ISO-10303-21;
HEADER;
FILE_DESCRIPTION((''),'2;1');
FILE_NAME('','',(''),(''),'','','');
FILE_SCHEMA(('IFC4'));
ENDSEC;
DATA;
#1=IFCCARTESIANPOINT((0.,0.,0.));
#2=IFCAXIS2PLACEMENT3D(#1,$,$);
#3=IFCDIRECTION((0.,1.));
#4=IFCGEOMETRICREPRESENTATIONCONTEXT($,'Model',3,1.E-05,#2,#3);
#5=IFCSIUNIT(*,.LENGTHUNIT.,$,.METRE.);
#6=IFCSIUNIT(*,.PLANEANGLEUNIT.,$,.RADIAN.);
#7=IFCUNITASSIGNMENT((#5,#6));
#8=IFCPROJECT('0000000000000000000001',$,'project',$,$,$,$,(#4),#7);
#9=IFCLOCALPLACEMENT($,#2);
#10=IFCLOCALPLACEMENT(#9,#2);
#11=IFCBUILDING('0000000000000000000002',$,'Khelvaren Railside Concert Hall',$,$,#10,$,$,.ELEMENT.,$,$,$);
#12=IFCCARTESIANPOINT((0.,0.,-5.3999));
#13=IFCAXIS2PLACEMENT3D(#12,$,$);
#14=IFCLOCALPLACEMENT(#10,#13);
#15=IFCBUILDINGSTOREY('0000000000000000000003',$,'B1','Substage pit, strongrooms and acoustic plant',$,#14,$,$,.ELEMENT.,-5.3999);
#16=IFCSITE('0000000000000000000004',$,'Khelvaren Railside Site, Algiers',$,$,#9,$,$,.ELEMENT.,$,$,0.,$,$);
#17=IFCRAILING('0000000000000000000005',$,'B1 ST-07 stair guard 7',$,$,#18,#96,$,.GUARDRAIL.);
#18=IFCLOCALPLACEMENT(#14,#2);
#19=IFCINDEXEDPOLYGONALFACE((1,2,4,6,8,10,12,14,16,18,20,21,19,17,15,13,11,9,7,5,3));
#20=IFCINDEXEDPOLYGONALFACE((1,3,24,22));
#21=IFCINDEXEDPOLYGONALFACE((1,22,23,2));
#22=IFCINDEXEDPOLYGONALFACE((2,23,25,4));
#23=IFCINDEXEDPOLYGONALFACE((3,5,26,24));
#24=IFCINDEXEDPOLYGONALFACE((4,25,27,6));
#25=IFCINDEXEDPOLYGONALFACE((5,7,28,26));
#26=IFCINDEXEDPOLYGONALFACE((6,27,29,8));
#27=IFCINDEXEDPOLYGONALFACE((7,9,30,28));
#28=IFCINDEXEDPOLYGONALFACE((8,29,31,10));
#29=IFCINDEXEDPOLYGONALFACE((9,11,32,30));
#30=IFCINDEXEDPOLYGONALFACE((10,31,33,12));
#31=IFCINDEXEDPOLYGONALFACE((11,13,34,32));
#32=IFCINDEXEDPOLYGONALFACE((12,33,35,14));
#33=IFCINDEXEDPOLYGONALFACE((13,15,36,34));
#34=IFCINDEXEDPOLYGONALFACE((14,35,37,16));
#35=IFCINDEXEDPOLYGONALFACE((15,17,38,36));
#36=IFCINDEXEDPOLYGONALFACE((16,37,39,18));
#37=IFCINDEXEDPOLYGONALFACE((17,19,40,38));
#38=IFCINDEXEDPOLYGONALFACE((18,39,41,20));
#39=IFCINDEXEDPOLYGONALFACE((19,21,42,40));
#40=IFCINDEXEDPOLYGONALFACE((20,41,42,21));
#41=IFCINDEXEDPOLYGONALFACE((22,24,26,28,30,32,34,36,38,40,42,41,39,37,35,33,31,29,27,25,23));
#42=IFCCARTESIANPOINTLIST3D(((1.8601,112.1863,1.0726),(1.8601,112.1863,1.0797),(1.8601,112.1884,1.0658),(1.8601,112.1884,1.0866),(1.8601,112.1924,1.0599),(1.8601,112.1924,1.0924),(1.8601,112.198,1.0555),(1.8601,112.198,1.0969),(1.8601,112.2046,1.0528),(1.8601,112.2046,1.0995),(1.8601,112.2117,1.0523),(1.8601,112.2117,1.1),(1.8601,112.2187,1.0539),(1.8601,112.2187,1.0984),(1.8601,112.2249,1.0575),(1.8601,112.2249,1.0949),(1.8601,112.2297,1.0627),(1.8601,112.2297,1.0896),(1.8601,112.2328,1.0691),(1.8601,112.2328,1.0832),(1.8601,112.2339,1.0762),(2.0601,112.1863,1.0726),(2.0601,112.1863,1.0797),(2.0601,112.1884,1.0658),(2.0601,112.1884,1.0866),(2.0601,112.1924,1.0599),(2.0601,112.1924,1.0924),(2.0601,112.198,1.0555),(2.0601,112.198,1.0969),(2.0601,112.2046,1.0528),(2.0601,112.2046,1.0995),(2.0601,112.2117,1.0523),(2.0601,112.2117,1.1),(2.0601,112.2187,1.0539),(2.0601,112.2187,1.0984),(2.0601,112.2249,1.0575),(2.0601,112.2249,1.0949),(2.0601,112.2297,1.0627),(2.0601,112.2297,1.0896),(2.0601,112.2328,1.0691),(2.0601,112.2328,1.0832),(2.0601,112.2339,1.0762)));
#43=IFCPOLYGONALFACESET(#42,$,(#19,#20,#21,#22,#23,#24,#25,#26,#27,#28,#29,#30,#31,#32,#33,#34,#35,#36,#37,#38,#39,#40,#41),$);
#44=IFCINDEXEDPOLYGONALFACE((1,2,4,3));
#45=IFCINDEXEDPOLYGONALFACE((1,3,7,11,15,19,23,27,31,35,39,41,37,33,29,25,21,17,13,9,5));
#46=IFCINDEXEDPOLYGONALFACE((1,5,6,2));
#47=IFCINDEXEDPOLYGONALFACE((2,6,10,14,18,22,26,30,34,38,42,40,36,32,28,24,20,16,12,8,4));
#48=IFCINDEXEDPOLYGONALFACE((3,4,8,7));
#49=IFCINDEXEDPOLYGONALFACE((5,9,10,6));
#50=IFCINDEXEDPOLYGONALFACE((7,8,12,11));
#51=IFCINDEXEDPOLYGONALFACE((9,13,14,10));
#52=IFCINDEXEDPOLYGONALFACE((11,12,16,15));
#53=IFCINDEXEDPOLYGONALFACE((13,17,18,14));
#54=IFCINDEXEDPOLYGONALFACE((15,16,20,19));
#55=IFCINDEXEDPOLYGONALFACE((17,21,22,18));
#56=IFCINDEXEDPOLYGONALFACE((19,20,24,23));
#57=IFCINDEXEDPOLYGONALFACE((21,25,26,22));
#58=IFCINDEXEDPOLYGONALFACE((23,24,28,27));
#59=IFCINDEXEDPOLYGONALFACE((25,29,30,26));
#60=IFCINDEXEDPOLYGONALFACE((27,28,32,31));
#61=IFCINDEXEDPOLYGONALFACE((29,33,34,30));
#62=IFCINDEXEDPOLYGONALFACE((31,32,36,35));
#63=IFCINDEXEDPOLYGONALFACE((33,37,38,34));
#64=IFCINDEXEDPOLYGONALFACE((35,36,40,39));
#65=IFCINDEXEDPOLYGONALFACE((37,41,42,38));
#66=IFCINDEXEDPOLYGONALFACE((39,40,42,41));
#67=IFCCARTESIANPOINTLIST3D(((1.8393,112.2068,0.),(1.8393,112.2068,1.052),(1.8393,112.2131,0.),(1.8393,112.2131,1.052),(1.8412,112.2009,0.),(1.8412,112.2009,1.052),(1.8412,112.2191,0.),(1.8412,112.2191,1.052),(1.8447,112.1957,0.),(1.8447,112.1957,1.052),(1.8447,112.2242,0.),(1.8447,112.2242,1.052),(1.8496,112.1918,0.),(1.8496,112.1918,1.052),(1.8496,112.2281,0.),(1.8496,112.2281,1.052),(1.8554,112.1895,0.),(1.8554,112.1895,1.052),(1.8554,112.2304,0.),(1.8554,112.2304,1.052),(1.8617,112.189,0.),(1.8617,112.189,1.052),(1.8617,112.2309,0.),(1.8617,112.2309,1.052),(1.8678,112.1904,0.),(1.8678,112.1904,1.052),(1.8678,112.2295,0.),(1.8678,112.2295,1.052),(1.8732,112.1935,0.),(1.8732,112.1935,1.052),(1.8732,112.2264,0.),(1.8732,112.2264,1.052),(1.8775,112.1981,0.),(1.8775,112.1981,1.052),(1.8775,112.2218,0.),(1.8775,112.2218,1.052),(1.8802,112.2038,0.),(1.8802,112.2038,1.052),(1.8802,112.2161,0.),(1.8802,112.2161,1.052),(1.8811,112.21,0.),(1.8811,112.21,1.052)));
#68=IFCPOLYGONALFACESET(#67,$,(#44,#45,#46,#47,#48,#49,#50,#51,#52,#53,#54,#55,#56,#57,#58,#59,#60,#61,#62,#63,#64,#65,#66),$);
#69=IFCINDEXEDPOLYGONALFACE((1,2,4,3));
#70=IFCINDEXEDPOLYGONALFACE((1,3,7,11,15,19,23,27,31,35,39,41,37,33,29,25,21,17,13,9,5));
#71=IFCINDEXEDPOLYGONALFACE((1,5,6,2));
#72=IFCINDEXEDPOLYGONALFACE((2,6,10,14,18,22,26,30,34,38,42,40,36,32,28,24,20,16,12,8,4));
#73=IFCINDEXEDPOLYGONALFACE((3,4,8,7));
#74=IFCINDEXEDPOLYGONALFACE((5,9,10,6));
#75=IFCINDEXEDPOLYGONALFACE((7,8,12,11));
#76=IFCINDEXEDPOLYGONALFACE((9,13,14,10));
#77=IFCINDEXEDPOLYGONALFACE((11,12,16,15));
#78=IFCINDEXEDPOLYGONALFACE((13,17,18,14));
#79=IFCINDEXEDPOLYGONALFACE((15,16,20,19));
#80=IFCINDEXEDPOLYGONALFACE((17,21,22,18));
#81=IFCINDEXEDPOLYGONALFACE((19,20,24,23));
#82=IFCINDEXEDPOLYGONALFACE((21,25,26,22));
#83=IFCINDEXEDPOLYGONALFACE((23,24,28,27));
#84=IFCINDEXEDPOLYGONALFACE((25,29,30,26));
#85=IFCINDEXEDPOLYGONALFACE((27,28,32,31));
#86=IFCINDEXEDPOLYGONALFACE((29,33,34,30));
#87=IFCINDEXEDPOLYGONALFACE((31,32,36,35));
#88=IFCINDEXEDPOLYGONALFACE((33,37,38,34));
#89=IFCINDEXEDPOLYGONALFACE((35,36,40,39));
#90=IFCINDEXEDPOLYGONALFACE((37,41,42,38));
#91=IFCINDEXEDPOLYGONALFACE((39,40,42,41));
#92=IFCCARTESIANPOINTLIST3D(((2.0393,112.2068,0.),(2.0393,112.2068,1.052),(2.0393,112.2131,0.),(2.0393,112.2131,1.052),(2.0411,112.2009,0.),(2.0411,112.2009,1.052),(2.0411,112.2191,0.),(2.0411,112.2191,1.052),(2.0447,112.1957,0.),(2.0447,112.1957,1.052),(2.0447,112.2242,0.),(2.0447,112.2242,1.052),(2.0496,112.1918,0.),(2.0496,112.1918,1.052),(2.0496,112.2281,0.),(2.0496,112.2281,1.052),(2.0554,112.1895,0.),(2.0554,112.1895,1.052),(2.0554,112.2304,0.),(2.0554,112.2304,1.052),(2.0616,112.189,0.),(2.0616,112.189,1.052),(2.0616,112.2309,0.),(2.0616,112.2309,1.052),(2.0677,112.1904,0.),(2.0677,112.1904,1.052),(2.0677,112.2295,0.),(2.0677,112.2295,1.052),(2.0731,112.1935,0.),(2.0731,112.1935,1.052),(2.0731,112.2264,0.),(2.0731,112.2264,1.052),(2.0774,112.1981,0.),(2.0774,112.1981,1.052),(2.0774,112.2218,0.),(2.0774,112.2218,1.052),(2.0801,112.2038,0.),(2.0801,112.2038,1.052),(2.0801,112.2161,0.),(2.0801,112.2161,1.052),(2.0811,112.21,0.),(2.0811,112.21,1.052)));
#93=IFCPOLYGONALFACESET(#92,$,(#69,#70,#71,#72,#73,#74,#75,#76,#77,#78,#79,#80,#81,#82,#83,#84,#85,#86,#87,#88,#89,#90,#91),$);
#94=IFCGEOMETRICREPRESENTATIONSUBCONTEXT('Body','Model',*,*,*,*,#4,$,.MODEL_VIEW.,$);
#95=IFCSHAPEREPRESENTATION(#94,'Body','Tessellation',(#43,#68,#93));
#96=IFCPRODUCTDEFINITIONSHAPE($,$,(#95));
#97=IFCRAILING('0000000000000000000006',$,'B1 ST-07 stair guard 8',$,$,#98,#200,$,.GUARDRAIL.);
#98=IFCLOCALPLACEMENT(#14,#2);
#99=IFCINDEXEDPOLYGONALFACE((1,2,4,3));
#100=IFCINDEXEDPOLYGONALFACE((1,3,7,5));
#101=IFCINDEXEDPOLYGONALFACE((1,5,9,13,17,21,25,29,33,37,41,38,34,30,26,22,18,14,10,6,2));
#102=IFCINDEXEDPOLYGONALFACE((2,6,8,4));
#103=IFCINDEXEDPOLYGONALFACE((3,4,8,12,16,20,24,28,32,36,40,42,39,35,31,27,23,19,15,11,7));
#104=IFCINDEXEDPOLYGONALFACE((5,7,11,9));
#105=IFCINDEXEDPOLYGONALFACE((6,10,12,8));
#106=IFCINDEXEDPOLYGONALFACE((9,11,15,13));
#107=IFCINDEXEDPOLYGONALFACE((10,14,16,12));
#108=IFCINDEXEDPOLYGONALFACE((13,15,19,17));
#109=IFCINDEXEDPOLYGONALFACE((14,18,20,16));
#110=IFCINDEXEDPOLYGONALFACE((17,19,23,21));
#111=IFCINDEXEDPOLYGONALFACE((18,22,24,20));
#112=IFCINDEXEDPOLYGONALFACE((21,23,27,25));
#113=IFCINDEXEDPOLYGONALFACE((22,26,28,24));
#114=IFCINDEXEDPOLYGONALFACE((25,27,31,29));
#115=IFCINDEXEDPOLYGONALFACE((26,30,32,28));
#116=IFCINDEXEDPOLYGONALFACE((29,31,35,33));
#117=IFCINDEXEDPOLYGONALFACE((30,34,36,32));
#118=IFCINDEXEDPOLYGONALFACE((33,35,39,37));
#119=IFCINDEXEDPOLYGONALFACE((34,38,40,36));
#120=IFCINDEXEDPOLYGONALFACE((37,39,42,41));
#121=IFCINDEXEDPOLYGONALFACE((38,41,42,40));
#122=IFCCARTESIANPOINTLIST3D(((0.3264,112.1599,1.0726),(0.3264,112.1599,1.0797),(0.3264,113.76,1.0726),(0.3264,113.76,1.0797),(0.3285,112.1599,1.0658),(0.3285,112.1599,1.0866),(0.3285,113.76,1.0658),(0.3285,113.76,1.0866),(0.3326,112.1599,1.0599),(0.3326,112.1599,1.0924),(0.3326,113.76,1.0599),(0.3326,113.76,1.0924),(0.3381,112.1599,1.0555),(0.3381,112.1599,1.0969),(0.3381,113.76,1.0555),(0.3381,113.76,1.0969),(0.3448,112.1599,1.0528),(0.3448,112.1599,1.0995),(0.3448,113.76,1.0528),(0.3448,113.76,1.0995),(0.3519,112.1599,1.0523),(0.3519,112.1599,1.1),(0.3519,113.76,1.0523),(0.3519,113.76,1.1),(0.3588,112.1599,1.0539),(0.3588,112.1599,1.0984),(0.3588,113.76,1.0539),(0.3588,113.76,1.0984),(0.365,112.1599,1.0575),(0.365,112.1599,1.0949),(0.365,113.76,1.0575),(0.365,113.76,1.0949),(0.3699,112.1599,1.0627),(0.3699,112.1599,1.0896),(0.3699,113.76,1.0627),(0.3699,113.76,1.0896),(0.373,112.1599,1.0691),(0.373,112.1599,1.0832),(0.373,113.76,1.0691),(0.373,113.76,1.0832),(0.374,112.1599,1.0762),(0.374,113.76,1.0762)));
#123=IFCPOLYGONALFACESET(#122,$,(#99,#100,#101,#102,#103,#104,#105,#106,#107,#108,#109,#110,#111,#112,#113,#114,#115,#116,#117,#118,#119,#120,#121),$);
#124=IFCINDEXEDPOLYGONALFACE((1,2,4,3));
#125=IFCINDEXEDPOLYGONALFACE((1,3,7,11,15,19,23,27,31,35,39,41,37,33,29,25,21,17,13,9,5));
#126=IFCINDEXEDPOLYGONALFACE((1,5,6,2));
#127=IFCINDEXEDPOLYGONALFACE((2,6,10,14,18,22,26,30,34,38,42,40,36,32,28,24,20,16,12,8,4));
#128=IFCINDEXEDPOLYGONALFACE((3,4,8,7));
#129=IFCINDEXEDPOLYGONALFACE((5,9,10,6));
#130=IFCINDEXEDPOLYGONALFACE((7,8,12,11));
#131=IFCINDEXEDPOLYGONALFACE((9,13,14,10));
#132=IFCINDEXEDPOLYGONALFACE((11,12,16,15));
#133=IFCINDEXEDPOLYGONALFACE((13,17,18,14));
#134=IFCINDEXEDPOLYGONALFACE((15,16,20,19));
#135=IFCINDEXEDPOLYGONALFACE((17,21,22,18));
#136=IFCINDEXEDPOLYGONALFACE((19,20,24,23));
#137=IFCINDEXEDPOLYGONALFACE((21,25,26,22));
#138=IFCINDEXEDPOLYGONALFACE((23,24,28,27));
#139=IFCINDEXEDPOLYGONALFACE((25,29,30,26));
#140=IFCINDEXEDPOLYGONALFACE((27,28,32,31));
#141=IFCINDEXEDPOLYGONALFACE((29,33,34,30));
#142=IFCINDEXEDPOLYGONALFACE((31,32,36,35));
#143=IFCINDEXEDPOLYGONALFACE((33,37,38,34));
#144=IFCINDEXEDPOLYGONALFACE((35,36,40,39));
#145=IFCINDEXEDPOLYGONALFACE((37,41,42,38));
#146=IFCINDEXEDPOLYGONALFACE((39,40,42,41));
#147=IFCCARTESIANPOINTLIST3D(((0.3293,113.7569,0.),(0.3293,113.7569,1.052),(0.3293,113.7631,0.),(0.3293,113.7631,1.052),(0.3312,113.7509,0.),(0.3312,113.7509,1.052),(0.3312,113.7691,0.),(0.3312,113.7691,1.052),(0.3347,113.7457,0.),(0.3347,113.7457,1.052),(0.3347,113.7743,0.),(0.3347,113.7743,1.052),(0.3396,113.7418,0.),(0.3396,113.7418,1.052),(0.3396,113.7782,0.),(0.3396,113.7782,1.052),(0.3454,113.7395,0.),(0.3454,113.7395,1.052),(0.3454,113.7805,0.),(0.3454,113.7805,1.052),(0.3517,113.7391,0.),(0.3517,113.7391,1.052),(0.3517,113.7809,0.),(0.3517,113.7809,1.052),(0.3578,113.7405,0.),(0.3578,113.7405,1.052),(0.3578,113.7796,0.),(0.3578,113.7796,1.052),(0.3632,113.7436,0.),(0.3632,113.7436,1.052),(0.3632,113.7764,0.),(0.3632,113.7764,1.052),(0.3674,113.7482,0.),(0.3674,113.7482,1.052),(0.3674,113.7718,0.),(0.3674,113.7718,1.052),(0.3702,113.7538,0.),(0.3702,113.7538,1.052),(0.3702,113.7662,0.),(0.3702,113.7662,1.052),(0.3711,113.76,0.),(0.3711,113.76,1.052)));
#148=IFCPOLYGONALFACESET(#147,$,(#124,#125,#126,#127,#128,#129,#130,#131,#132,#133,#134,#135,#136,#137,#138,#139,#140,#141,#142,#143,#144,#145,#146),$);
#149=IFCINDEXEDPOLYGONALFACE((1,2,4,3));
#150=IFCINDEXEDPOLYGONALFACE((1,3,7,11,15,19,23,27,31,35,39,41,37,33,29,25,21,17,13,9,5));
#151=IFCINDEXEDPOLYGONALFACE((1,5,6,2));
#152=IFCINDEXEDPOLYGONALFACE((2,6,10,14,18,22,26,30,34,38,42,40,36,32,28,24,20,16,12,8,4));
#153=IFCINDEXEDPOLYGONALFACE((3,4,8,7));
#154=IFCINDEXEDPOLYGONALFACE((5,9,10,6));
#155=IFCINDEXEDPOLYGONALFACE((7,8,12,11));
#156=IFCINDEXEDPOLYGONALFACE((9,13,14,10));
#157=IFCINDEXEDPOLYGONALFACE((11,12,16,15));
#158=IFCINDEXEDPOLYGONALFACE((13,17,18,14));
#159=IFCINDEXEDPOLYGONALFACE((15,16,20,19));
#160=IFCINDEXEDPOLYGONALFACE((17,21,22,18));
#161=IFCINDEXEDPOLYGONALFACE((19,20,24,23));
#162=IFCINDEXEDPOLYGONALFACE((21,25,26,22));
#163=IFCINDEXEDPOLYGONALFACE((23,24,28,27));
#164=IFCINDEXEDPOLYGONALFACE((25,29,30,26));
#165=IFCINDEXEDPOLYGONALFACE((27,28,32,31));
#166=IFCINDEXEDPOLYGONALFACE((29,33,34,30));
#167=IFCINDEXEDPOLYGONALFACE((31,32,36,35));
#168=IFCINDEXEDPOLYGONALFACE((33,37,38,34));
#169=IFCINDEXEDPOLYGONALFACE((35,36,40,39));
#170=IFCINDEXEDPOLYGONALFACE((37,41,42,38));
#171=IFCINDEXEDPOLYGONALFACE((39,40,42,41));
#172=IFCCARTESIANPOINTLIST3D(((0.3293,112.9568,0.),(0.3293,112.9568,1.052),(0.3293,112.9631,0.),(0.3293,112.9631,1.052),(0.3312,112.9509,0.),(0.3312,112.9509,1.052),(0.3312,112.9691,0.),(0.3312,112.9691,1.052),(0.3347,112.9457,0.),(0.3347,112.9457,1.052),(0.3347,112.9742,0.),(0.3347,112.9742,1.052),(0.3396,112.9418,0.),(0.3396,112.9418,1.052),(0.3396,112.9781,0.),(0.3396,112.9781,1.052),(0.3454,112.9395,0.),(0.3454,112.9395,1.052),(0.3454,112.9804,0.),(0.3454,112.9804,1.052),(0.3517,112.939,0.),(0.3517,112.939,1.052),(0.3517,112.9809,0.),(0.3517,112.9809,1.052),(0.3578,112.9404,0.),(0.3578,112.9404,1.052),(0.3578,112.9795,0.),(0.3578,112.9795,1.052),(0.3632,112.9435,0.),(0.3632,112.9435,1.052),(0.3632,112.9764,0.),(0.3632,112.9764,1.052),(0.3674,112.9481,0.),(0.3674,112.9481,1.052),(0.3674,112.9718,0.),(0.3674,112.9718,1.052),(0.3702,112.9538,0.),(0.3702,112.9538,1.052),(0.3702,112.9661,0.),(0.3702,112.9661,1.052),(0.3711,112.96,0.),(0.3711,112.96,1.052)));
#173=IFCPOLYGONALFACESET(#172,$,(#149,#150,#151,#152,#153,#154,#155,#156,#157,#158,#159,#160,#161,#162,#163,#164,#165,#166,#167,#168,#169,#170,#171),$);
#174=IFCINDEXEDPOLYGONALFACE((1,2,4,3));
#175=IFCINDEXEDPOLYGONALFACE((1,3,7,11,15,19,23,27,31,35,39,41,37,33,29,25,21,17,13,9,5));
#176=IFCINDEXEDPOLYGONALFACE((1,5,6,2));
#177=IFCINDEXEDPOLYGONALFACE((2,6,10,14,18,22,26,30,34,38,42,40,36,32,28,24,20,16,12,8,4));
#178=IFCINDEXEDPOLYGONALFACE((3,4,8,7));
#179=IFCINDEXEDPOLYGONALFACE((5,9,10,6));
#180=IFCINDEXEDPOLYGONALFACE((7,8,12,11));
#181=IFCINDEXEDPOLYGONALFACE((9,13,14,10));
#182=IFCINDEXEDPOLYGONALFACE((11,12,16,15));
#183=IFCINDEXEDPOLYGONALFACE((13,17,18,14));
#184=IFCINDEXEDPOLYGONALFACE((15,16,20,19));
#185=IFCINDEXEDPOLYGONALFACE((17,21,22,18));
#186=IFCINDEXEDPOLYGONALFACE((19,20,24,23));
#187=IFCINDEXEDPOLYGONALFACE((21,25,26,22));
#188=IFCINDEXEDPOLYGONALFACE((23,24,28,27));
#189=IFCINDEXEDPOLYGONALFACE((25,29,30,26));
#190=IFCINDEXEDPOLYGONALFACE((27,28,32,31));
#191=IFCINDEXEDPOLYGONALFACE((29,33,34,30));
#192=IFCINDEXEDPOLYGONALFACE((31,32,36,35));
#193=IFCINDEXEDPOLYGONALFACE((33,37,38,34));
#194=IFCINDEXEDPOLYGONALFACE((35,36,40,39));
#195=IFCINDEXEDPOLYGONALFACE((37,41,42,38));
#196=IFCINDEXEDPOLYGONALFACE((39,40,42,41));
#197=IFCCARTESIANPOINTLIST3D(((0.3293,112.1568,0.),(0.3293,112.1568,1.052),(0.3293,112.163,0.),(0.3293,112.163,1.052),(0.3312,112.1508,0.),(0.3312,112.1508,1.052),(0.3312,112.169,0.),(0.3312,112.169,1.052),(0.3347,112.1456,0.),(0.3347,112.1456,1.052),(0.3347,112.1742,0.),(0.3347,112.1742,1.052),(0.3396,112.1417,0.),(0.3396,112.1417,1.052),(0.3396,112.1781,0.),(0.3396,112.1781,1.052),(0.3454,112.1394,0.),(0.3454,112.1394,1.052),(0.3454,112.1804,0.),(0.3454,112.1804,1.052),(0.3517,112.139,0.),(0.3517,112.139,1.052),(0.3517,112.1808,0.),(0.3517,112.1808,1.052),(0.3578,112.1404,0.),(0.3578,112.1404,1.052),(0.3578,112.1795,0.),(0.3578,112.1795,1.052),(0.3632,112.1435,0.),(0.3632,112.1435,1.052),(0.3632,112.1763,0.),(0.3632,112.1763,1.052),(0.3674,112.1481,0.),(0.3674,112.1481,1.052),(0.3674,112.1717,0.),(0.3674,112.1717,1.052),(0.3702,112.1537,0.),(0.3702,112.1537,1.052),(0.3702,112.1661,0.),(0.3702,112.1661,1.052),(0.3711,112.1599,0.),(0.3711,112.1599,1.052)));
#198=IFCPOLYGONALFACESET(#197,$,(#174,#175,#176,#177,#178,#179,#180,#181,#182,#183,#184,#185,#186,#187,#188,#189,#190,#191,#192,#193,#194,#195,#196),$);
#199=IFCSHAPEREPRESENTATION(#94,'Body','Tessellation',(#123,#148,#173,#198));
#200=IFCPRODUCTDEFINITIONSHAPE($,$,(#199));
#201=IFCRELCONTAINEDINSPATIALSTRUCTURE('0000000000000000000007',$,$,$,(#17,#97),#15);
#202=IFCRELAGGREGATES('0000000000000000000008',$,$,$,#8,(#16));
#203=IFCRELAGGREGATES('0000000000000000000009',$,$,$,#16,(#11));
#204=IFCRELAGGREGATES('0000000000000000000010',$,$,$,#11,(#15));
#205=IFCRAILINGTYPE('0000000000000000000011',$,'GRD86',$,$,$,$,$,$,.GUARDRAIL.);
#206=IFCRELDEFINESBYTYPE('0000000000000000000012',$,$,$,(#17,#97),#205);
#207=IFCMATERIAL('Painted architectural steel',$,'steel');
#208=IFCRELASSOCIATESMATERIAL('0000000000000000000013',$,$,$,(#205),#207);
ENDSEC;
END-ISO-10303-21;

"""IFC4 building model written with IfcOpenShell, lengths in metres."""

from ifc_helpers import new_model, si_unit, direction, frame, origin, origin_2d, place, context, subcontext, project, spatial, circle, extrude, material, type_object, element, save


model = new_model("IFC4")

# Units and contexts
model_context = context("Model", 3, precision=1e-05, world=origin(), true_north=direction((0.0, 1.0)))
body_context = subcontext(model_context, "Body", "Model", "MODEL_VIEW")
ifc_project = project(units=[si_unit("LENGTHUNIT", "METRE"), si_unit("PLANEANGLEUNIT", "RADIAN")], contexts=[model_context])

# Site, building, storey
site_placement = place(None, origin())
site = spatial("IfcSite", under=ifc_project, at=site_placement, Name="Khelvaren Railside Site, Algiers", CompositionType="ELEMENT", RefElevation=0.0)
building_placement = place(site_placement, origin())
building = spatial("IfcBuilding", under=site, at=building_placement, Name="Khelvaren Railside Concert Hall", CompositionType="ELEMENT")
storey_placement = place(building_placement, frame((0.0, 0.0, -5.3999)))
storey = spatial("IfcBuildingStorey", under=building, at=storey_placement, Name="B1", Description="Substage pit, strongrooms and acoustic plant", CompositionType="ELEMENT", Elevation=-5.3999)

# Railings
ifc_material_1 = material(Name="Painted architectural steel", Category="steel")
railing_type_1 = type_object("IfcRailingType", Name="GRD86", PredefinedType="GUARDRAIL", material=ifc_material_1)
railing_1_placement = place(storey_placement, frame((1.8601, 112.21, 0.0)))
element("IfcRailing", 1, at=railing_1_placement, inside=storey, type_object=railing_type_1, Name="B1 ST-07 stair guard 7", PredefinedType="GUARDRAIL", context=body_context, shape_type="SweptSolid", body=[
    extrude(circle(Radius=0.0239, at=origin_2d()), frame((0.0, 0.0, 1.0762), z_axis=(1.0, 0.0, 0.0), x_axis=(0.0, 1.0, 0.0)), (0.0, 0.0, 1.0), 0.2),
    extrude(circle(Radius=0.021, at=origin_2d()), origin(), (0.0, 0.0, 1.0), 1.052),
    extrude(circle(Radius=0.021, at=origin_2d()), frame((0.2, 0.0, 0.0)), (0.0, 0.0, 1.0), 1.052),
])
for number, where, name in (
    (2, (0.3501, 113.76, 0.0), "B1 ST-07 stair guard 8"),
):
    element("IfcRailing", number, at=place(storey_placement, frame(where)), inside=storey, type_object=railing_type_1, Name=name, PredefinedType="GUARDRAIL", context=body_context, shape_type="SweptSolid", body=[
        extrude(circle(Radius=0.0239, at=origin_2d()), frame((0.0, 0.0, 1.0762), z_axis=(0.0, -1.0, 0.0), x_axis=(1.0, 0.0, 0.0)), (0.0, 0.0, 1.0), 1.6001),
        extrude(circle(Radius=0.021, at=origin_2d()), origin(), (0.0, 0.0, 1.0), 1.052),
        extrude(circle(Radius=0.021, at=origin_2d()), frame((0.0, -0.8, 0.0)), (0.0, 0.0, 1.0), 1.052),
        extrude(circle(Radius=0.021, at=origin_2d()), frame((0.0, -1.6001, 0.0)), (0.0, 0.0, 1.0), 1.052),
    ])

save(model, "model.ifc")
